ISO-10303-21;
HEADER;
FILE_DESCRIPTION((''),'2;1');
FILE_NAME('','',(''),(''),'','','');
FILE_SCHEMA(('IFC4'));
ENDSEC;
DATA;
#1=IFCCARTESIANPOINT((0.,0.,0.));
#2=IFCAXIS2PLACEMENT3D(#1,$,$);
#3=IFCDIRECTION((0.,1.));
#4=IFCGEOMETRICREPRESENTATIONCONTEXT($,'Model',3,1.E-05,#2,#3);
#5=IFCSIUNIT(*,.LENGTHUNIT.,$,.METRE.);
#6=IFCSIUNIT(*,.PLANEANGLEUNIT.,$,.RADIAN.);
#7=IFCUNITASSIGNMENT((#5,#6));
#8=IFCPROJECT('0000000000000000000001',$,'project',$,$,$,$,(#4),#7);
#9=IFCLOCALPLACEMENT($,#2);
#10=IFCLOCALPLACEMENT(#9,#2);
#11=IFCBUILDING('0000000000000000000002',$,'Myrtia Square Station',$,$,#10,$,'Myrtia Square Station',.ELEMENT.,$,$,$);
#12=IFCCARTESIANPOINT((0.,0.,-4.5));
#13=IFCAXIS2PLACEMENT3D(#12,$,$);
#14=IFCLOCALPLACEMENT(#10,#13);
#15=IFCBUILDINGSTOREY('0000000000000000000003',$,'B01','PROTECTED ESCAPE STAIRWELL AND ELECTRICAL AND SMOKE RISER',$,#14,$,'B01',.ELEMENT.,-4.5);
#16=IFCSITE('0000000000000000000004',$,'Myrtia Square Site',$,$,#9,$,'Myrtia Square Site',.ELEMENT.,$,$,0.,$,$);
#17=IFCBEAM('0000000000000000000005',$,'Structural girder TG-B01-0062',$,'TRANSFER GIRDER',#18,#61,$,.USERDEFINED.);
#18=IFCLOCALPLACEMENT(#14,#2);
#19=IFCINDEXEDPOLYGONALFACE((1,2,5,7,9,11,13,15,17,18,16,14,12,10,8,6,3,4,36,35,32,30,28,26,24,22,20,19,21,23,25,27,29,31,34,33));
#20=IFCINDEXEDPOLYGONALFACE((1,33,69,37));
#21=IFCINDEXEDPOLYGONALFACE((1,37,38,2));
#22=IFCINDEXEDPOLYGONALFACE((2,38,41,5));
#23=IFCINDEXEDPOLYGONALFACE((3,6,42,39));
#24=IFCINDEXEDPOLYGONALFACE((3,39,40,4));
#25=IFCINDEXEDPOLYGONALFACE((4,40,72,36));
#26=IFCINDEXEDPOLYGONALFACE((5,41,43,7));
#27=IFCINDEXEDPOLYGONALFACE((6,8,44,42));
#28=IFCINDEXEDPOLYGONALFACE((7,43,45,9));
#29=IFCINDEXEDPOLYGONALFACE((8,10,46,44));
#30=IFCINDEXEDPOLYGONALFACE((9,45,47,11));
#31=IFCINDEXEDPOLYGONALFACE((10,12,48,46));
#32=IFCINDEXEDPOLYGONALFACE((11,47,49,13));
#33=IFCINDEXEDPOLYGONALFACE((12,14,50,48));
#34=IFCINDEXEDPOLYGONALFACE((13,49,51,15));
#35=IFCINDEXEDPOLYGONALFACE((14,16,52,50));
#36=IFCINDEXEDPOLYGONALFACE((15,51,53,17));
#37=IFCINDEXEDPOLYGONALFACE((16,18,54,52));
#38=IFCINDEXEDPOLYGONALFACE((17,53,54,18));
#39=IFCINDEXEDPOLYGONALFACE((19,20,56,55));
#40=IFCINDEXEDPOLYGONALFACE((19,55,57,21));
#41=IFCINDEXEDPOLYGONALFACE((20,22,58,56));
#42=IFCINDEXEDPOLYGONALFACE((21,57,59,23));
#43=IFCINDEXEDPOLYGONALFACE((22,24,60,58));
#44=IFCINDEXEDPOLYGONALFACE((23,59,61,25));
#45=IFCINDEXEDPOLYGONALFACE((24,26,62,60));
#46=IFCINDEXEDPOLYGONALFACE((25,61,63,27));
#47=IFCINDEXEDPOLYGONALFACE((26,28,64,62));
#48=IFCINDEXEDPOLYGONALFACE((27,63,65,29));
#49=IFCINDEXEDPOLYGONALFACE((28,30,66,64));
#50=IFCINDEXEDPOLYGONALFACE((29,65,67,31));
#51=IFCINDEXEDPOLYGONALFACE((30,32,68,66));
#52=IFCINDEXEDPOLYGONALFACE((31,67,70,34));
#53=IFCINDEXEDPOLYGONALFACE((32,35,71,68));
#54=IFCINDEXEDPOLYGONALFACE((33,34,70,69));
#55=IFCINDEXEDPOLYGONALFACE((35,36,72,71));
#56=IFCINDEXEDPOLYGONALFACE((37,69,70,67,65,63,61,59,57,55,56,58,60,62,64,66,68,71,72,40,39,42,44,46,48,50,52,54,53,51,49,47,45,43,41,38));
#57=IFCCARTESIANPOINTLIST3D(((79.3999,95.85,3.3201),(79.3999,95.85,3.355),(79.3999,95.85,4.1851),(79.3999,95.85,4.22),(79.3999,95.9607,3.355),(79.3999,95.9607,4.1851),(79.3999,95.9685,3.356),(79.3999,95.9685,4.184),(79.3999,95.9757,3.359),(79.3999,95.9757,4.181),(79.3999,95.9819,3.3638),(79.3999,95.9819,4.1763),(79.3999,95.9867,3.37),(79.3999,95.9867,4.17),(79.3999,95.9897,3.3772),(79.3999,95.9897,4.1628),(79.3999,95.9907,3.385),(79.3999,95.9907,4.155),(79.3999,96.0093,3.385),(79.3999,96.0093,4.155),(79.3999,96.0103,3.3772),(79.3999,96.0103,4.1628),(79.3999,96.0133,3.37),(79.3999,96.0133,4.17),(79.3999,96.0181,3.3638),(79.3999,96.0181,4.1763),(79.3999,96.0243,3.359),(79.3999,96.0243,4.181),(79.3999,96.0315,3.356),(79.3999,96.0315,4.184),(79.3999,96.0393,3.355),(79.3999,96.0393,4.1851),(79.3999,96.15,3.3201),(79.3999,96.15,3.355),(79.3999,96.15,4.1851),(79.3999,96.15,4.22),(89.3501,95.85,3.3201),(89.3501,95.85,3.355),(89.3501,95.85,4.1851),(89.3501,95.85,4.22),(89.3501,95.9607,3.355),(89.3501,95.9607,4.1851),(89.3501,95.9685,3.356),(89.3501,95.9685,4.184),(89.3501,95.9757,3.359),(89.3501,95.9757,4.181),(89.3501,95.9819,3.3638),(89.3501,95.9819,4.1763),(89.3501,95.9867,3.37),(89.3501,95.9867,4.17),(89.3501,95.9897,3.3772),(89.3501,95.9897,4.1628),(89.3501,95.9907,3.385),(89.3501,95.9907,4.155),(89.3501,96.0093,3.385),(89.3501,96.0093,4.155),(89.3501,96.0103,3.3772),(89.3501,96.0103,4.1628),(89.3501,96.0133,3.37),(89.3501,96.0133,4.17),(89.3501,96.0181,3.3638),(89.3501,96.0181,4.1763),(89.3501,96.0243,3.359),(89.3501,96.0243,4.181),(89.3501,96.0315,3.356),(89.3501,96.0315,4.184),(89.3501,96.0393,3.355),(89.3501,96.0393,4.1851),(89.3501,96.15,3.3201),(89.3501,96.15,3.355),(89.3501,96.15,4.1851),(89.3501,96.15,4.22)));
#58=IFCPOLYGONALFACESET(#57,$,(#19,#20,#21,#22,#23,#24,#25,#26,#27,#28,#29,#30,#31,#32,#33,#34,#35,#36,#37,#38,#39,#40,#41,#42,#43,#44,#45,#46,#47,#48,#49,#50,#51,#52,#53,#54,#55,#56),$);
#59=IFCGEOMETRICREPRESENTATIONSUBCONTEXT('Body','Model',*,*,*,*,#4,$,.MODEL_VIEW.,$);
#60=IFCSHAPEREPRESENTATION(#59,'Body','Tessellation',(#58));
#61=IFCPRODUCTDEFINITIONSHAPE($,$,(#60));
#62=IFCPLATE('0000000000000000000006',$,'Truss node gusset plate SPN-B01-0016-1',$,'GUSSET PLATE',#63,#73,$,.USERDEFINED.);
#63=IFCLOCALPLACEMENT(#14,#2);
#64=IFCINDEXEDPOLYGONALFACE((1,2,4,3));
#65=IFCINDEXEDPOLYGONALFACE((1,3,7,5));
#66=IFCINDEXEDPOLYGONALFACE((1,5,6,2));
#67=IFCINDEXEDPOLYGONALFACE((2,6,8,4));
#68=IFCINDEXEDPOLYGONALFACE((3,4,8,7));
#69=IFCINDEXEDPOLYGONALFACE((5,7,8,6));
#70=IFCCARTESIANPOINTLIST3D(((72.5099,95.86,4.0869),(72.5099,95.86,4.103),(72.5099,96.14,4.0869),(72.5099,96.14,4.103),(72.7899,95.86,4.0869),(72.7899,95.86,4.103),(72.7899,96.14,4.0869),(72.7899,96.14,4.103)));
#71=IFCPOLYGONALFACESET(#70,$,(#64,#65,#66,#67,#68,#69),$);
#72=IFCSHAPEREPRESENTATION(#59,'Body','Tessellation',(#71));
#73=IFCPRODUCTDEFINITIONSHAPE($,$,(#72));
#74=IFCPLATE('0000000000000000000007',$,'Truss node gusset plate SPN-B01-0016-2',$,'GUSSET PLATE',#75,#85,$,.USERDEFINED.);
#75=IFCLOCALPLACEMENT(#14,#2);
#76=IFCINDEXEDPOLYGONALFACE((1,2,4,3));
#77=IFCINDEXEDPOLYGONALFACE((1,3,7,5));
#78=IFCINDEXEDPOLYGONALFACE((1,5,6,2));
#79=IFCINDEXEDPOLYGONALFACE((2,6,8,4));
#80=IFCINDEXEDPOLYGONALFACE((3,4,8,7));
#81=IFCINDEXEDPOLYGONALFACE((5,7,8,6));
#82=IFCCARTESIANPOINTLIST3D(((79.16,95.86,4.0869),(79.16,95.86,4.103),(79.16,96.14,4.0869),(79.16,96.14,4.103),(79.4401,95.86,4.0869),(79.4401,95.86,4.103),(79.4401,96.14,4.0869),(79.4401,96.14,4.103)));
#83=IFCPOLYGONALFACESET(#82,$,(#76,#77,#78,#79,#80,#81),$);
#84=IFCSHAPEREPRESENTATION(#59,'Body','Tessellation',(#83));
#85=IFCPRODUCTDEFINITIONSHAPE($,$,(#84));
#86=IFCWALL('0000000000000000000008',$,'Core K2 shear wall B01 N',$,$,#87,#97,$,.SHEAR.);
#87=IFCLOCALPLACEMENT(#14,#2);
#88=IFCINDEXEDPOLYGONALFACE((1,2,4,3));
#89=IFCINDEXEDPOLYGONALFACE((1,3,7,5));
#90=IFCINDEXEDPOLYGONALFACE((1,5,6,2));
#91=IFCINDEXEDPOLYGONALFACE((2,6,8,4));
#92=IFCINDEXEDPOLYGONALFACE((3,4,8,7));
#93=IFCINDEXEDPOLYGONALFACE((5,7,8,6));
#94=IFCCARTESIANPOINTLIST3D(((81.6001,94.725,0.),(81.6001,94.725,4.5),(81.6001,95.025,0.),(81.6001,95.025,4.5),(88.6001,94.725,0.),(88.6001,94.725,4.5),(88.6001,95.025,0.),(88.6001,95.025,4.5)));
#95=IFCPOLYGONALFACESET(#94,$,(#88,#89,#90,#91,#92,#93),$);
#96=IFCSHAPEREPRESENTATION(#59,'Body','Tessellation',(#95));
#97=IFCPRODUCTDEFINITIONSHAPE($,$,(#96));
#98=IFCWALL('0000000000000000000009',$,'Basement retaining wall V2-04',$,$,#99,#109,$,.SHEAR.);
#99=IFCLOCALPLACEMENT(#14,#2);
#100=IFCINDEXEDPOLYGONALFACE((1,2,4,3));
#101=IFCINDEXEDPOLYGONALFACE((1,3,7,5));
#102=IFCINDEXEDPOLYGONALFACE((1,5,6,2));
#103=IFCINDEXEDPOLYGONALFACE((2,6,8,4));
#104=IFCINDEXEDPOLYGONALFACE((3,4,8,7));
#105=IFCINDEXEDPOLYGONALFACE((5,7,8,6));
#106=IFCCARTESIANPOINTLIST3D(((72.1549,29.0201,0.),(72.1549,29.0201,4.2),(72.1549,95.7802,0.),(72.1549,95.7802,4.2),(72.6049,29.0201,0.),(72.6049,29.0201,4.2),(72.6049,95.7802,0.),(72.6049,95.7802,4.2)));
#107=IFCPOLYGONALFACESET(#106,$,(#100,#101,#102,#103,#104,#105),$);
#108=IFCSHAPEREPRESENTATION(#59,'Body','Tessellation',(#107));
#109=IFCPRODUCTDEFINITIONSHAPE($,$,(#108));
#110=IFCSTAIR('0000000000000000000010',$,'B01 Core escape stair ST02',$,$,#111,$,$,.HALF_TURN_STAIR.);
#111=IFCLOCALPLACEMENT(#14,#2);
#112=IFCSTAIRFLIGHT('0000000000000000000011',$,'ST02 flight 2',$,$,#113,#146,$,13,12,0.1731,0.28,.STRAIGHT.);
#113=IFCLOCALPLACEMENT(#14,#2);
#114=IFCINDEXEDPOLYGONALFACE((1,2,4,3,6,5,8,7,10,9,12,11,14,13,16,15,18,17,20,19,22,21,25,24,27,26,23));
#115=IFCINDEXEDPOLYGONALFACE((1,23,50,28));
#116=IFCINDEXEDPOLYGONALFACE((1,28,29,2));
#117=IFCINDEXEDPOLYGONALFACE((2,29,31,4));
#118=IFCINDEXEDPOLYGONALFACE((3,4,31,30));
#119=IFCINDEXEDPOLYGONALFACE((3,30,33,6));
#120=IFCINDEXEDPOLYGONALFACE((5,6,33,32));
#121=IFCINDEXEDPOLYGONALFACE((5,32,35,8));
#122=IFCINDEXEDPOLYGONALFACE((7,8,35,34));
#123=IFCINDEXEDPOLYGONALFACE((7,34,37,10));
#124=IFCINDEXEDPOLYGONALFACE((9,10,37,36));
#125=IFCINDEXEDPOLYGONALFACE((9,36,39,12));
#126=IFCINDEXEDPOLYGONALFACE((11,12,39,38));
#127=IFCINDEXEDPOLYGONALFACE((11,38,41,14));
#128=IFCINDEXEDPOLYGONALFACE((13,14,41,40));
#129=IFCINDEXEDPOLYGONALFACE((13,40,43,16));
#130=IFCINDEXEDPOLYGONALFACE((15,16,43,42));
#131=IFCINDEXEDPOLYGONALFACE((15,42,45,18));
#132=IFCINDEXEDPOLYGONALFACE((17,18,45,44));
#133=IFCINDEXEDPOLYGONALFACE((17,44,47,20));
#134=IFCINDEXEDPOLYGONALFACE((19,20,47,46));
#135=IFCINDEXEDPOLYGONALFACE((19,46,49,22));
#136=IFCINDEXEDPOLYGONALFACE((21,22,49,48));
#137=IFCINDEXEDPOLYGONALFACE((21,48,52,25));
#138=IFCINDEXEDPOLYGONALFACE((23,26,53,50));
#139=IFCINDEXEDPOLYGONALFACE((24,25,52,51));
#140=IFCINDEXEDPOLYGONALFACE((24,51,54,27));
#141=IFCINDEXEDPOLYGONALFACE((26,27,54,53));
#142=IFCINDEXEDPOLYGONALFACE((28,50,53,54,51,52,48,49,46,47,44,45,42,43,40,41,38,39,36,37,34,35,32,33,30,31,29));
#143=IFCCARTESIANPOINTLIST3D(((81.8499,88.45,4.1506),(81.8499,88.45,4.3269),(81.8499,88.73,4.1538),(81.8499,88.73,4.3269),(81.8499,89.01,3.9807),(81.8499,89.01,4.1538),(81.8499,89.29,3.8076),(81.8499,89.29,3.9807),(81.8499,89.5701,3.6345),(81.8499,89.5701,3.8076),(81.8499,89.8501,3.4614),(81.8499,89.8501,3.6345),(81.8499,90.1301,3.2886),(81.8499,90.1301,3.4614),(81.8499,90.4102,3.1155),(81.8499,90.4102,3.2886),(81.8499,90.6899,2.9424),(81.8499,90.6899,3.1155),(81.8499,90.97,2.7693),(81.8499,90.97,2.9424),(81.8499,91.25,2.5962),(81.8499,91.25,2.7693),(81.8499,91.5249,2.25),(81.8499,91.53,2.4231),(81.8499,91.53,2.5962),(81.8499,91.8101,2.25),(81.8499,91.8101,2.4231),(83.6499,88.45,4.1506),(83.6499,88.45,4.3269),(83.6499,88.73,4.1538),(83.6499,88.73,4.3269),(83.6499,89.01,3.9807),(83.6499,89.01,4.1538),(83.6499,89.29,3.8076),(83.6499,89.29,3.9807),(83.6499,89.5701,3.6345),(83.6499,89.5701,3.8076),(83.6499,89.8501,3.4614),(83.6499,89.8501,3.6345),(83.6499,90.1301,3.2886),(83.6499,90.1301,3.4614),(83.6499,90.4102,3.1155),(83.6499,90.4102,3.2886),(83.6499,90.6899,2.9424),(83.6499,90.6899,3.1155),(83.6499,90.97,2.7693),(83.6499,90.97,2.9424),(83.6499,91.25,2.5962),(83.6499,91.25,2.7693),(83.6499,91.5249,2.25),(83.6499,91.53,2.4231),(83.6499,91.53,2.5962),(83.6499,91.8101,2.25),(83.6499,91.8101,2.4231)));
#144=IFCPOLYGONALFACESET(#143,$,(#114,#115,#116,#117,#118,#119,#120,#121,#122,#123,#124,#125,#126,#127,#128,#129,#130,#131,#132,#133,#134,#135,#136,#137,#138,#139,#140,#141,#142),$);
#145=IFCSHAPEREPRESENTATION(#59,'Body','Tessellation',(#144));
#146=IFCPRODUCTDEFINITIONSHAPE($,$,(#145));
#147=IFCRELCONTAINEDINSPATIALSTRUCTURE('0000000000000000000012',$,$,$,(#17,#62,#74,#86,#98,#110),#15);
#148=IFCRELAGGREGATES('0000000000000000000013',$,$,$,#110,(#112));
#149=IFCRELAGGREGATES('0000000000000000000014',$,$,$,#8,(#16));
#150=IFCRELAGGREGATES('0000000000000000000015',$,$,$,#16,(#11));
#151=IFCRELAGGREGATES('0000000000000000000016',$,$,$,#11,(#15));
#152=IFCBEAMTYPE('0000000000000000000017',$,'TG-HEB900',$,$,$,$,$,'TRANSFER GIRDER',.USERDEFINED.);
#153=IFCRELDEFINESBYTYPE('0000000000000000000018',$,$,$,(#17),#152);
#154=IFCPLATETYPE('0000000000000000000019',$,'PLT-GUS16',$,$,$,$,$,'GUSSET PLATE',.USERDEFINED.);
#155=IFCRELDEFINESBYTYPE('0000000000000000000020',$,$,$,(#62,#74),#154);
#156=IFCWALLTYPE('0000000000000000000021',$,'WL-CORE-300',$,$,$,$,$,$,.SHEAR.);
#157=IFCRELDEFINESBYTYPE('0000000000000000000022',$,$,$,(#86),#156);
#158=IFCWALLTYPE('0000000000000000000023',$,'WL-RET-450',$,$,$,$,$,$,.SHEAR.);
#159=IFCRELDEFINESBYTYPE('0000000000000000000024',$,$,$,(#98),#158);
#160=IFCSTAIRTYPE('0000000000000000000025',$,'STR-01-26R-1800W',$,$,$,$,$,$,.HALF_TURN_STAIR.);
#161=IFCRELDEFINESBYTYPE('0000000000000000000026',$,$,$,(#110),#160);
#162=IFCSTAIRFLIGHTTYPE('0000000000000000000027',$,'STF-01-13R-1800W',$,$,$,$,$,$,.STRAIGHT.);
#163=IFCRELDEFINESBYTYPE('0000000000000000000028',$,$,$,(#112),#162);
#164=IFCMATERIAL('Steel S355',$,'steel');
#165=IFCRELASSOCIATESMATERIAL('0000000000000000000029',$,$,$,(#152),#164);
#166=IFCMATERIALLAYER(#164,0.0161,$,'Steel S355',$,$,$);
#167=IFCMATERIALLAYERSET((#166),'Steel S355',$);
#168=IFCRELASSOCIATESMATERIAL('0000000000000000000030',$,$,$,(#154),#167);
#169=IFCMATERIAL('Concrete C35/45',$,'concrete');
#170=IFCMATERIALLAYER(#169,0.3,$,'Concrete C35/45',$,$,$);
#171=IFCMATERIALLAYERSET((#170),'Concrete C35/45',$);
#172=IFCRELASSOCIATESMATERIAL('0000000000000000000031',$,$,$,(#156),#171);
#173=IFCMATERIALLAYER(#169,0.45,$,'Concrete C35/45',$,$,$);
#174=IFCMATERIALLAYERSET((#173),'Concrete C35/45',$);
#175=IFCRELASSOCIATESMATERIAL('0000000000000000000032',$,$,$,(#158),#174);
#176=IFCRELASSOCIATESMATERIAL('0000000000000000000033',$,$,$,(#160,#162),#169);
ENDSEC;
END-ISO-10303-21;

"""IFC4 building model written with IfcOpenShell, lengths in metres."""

from ifc_helpers import new_model, si_unit, direction, frame, frame_2d, origin, origin_2d, place, context, subcontext, project, spatial, polyline, rectangle, i_section, outline, extrude, material, layer, layer_set, material_profile, profile_set, type_object, element, aggregate, save


model = new_model("IFC4")

# Units and contexts
model_context = context("Model", 3, precision=1e-05, world=origin(), true_north=direction((0.0, 1.0)))
body_context = subcontext(model_context, "Body", "Model", "MODEL_VIEW")
ifc_project = project(units=[si_unit("LENGTHUNIT", "METRE"), si_unit("PLANEANGLEUNIT", "RADIAN")], contexts=[model_context])

# Site, building, storey
site_placement = place(None, origin())
site = spatial("IfcSite", under=ifc_project, at=site_placement, Name="Myrtia Square Site", LongName="Myrtia Square Site", CompositionType="ELEMENT", RefElevation=0.0)
building_placement = place(site_placement, origin())
building = spatial("IfcBuilding", under=site, at=building_placement, Name="Myrtia Square Station", LongName="Myrtia Square Station", CompositionType="ELEMENT")
storey_placement = place(building_placement, frame((0.0, 0.0, -4.5)))
storey = spatial("IfcBuildingStorey", under=building, at=storey_placement, Name="B01", Description="PROTECTED ESCAPE STAIRWELL AND ELECTRICAL AND SMOKE RISER", LongName="B01", CompositionType="ELEMENT", Elevation=-4.5)

# Shared definitions
ifc_material_1 = material(Name="Concrete C35/45", Category="concrete")

# Shared definitions
ifc_material_2 = material(Name="Steel S355", Category="steel")

# Beam
ifc_material_profile_1 = material_profile(ifc_material_2, i_section(OverallWidth=0.3, OverallDepth=0.8999, WebThickness=0.0186, FlangeThickness=0.0349, FilletRadius=0.03, at=origin_2d()), Name="HEB 900")
ifc_profile_set_1 = profile_set([ifc_material_profile_1], Name="Steel S355")
beam_type_1 = type_object("IfcBeamType", Name="TG-HEB900", ElementType="TRANSFER GIRDER", PredefinedType="USERDEFINED", material=ifc_profile_set_1)
beam_1_placement = place(storey_placement, frame((79.3999, 96.0, 3.77), z_axis=(1.0, 0.0, 0.0), x_axis=(0.0, 1.0, 0.0)))
element("IfcBeam", 1, at=beam_1_placement, inside=storey, type_object=beam_type_1, Name="Structural girder TG-B01-0062", ObjectType="TRANSFER GIRDER", PredefinedType="USERDEFINED", context=body_context, shape_type="SweptSolid", body=[
    extrude(i_section(OverallWidth=0.3, OverallDepth=0.8999, WebThickness=0.0186, FlangeThickness=0.0349, FilletRadius=0.03, at=origin_2d()), origin(), (0.0, 0.0, 1.0), 9.9502),
])

# Plates
ifc_layer_1 = layer(ifc_material_2, 0.0161, Name="Steel S355")
ifc_layer_set_1 = layer_set([ifc_layer_1], Name="Steel S355")
plate_type = type_object("IfcPlateType", Name="PLT-GUS16", ElementType="GUSSET PLATE", PredefinedType="USERDEFINED", material=ifc_layer_set_1)
for number, where, z_axis, x_axis, name in (
    (2, (72.6499, 96.0, 4.0869), (0.0, 0.0, 1.0), (1.0, 0.0, 0.0), "Truss node gusset plate SPN-B01-0016-1"),
    (3, (79.3, 96.0, 4.0869), (0.0, 0.0, 1.0), (1.0, 0.0, 0.0), "Truss node gusset plate SPN-B01-0016-2"),
):
    element("IfcPlate", number, at=place(storey_placement, frame(where, z_axis=z_axis, x_axis=x_axis)), inside=storey, type_object=plate_type, Name=name, ObjectType="GUSSET PLATE", PredefinedType="USERDEFINED", context=body_context, shape_type="SweptSolid", body=[
        extrude(rectangle(XDim=0.28, YDim=0.28, at=origin_2d()), origin(), (0.0, 0.0, 1.0), 0.0161),
    ])

# Shared definitions
ifc_layer_2 = layer(ifc_material_1, 0.3, Name="Concrete C35/45")
ifc_layer_set_2 = layer_set([ifc_layer_2], Name="Concrete C35/45")
wall_type_1 = type_object("IfcWallType", Name="WL-CORE-300", PredefinedType="SHEAR", material=ifc_layer_set_2)

# Walls
wall_1_placement = place(storey_placement, frame((81.6001, 94.875, 0.0), z_axis=(0.0, 0.0, 1.0), x_axis=(1.0, 0.0, 0.0)))
element("IfcWall", 4, at=wall_1_placement, inside=storey, type_object=wall_type_1, Name="Core K2 shear wall B01 N", PredefinedType="SHEAR", context=body_context, shape_type="SweptSolid", body=[
    extrude(rectangle(XDim=7.0, YDim=0.3, at=frame_2d((3.5, 0.0))), origin(), (0.0, 0.0, 1.0), 4.5),
])
ifc_layer_3 = layer(ifc_material_1, 0.45, Name="Concrete C35/45")
ifc_layer_set_3 = layer_set([ifc_layer_3], Name="Concrete C35/45")
wall_type_2 = type_object("IfcWallType", Name="WL-RET-450", PredefinedType="SHEAR", material=ifc_layer_set_3)
wall_2_placement = place(storey_placement, frame((72.3799, 95.78, 0.0), z_axis=(0.0, 0.0, 1.0), x_axis=(0.0, -1.0, 0.0)))
element("IfcWall", 5, at=wall_2_placement, inside=storey, type_object=wall_type_2, Name="Basement retaining wall V2-04", PredefinedType="SHEAR", context=body_context, shape_type="SweptSolid", body=[
    extrude(rectangle(XDim=66.76, YDim=0.45, at=frame_2d((33.3799, 0.0))), origin(), (0.0, 0.0, 1.0), 4.2),
])

# Stair, stair flight
stair_type = type_object("IfcStairType", Name="STR-01-26R-1800W", PredefinedType="HALF_TURN_STAIR", material=ifc_material_1)
stair_placement = place(storey_placement, origin())
stair = element("IfcStair", 6, at=stair_placement, inside=storey, type_object=stair_type, Name="B01 Core escape stair ST02", PredefinedType="HALF_TURN_STAIR")
stair_flight_type = type_object("IfcStairFlightType", Name="STF-01-13R-1800W", PredefinedType="STRAIGHT", material=ifc_material_1)
stair_flight_placement = place(storey_placement, frame((82.75, 91.8101, 2.25), z_axis=(0.0, 0.0, 1.0), x_axis=(0.0, -1.0, 0.0)))
stair_flight = element("IfcStairFlight", 7, at=stair_flight_placement, type_object=stair_flight_type, Name="ST02 flight 2", NumberOfRisers=13, NumberOfTreads=12, PredefinedType="STRAIGHT", RiserHeight=0.1731, TreadLength=0.28, context=body_context, shape_type="SweptSolid", body=[
    extrude(outline(polyline([(0.0, 0.0), (0.0, 0.1731), (0.28, 0.1731), (0.28, 0.3462), (0.5601, 0.3462), (0.5601, 0.5193), (0.8401, 0.5193), (0.8401, 0.6924), (1.1201, 0.6924), (1.1201, 0.8655), (1.3999, 0.8655), (1.3999, 1.0386), (1.6799, 1.0386), (1.6799, 1.2114), (1.96, 1.2114), (1.96, 1.3845), (2.24, 1.3845), (2.24, 1.5576), (2.52, 1.5576), (2.52, 1.7307), (2.8, 1.7307), (2.8, 1.9038), (3.0801, 1.9038), (3.0801, 2.0769), (3.3601, 2.0769), (3.3601, 2.25), (3.3601, 1.9006), (0.2852, 0.0), (0.0, 0.0)])), frame((0.0, 0.8999, 0.0), z_axis=(0.0, -1.0, 0.0), x_axis=(1.0, 0.0, 0.0)), (0.0, 0.0, 1.0), 1.8),
])
aggregate(stair, [stair_flight])

save(model, "model.ifc")
